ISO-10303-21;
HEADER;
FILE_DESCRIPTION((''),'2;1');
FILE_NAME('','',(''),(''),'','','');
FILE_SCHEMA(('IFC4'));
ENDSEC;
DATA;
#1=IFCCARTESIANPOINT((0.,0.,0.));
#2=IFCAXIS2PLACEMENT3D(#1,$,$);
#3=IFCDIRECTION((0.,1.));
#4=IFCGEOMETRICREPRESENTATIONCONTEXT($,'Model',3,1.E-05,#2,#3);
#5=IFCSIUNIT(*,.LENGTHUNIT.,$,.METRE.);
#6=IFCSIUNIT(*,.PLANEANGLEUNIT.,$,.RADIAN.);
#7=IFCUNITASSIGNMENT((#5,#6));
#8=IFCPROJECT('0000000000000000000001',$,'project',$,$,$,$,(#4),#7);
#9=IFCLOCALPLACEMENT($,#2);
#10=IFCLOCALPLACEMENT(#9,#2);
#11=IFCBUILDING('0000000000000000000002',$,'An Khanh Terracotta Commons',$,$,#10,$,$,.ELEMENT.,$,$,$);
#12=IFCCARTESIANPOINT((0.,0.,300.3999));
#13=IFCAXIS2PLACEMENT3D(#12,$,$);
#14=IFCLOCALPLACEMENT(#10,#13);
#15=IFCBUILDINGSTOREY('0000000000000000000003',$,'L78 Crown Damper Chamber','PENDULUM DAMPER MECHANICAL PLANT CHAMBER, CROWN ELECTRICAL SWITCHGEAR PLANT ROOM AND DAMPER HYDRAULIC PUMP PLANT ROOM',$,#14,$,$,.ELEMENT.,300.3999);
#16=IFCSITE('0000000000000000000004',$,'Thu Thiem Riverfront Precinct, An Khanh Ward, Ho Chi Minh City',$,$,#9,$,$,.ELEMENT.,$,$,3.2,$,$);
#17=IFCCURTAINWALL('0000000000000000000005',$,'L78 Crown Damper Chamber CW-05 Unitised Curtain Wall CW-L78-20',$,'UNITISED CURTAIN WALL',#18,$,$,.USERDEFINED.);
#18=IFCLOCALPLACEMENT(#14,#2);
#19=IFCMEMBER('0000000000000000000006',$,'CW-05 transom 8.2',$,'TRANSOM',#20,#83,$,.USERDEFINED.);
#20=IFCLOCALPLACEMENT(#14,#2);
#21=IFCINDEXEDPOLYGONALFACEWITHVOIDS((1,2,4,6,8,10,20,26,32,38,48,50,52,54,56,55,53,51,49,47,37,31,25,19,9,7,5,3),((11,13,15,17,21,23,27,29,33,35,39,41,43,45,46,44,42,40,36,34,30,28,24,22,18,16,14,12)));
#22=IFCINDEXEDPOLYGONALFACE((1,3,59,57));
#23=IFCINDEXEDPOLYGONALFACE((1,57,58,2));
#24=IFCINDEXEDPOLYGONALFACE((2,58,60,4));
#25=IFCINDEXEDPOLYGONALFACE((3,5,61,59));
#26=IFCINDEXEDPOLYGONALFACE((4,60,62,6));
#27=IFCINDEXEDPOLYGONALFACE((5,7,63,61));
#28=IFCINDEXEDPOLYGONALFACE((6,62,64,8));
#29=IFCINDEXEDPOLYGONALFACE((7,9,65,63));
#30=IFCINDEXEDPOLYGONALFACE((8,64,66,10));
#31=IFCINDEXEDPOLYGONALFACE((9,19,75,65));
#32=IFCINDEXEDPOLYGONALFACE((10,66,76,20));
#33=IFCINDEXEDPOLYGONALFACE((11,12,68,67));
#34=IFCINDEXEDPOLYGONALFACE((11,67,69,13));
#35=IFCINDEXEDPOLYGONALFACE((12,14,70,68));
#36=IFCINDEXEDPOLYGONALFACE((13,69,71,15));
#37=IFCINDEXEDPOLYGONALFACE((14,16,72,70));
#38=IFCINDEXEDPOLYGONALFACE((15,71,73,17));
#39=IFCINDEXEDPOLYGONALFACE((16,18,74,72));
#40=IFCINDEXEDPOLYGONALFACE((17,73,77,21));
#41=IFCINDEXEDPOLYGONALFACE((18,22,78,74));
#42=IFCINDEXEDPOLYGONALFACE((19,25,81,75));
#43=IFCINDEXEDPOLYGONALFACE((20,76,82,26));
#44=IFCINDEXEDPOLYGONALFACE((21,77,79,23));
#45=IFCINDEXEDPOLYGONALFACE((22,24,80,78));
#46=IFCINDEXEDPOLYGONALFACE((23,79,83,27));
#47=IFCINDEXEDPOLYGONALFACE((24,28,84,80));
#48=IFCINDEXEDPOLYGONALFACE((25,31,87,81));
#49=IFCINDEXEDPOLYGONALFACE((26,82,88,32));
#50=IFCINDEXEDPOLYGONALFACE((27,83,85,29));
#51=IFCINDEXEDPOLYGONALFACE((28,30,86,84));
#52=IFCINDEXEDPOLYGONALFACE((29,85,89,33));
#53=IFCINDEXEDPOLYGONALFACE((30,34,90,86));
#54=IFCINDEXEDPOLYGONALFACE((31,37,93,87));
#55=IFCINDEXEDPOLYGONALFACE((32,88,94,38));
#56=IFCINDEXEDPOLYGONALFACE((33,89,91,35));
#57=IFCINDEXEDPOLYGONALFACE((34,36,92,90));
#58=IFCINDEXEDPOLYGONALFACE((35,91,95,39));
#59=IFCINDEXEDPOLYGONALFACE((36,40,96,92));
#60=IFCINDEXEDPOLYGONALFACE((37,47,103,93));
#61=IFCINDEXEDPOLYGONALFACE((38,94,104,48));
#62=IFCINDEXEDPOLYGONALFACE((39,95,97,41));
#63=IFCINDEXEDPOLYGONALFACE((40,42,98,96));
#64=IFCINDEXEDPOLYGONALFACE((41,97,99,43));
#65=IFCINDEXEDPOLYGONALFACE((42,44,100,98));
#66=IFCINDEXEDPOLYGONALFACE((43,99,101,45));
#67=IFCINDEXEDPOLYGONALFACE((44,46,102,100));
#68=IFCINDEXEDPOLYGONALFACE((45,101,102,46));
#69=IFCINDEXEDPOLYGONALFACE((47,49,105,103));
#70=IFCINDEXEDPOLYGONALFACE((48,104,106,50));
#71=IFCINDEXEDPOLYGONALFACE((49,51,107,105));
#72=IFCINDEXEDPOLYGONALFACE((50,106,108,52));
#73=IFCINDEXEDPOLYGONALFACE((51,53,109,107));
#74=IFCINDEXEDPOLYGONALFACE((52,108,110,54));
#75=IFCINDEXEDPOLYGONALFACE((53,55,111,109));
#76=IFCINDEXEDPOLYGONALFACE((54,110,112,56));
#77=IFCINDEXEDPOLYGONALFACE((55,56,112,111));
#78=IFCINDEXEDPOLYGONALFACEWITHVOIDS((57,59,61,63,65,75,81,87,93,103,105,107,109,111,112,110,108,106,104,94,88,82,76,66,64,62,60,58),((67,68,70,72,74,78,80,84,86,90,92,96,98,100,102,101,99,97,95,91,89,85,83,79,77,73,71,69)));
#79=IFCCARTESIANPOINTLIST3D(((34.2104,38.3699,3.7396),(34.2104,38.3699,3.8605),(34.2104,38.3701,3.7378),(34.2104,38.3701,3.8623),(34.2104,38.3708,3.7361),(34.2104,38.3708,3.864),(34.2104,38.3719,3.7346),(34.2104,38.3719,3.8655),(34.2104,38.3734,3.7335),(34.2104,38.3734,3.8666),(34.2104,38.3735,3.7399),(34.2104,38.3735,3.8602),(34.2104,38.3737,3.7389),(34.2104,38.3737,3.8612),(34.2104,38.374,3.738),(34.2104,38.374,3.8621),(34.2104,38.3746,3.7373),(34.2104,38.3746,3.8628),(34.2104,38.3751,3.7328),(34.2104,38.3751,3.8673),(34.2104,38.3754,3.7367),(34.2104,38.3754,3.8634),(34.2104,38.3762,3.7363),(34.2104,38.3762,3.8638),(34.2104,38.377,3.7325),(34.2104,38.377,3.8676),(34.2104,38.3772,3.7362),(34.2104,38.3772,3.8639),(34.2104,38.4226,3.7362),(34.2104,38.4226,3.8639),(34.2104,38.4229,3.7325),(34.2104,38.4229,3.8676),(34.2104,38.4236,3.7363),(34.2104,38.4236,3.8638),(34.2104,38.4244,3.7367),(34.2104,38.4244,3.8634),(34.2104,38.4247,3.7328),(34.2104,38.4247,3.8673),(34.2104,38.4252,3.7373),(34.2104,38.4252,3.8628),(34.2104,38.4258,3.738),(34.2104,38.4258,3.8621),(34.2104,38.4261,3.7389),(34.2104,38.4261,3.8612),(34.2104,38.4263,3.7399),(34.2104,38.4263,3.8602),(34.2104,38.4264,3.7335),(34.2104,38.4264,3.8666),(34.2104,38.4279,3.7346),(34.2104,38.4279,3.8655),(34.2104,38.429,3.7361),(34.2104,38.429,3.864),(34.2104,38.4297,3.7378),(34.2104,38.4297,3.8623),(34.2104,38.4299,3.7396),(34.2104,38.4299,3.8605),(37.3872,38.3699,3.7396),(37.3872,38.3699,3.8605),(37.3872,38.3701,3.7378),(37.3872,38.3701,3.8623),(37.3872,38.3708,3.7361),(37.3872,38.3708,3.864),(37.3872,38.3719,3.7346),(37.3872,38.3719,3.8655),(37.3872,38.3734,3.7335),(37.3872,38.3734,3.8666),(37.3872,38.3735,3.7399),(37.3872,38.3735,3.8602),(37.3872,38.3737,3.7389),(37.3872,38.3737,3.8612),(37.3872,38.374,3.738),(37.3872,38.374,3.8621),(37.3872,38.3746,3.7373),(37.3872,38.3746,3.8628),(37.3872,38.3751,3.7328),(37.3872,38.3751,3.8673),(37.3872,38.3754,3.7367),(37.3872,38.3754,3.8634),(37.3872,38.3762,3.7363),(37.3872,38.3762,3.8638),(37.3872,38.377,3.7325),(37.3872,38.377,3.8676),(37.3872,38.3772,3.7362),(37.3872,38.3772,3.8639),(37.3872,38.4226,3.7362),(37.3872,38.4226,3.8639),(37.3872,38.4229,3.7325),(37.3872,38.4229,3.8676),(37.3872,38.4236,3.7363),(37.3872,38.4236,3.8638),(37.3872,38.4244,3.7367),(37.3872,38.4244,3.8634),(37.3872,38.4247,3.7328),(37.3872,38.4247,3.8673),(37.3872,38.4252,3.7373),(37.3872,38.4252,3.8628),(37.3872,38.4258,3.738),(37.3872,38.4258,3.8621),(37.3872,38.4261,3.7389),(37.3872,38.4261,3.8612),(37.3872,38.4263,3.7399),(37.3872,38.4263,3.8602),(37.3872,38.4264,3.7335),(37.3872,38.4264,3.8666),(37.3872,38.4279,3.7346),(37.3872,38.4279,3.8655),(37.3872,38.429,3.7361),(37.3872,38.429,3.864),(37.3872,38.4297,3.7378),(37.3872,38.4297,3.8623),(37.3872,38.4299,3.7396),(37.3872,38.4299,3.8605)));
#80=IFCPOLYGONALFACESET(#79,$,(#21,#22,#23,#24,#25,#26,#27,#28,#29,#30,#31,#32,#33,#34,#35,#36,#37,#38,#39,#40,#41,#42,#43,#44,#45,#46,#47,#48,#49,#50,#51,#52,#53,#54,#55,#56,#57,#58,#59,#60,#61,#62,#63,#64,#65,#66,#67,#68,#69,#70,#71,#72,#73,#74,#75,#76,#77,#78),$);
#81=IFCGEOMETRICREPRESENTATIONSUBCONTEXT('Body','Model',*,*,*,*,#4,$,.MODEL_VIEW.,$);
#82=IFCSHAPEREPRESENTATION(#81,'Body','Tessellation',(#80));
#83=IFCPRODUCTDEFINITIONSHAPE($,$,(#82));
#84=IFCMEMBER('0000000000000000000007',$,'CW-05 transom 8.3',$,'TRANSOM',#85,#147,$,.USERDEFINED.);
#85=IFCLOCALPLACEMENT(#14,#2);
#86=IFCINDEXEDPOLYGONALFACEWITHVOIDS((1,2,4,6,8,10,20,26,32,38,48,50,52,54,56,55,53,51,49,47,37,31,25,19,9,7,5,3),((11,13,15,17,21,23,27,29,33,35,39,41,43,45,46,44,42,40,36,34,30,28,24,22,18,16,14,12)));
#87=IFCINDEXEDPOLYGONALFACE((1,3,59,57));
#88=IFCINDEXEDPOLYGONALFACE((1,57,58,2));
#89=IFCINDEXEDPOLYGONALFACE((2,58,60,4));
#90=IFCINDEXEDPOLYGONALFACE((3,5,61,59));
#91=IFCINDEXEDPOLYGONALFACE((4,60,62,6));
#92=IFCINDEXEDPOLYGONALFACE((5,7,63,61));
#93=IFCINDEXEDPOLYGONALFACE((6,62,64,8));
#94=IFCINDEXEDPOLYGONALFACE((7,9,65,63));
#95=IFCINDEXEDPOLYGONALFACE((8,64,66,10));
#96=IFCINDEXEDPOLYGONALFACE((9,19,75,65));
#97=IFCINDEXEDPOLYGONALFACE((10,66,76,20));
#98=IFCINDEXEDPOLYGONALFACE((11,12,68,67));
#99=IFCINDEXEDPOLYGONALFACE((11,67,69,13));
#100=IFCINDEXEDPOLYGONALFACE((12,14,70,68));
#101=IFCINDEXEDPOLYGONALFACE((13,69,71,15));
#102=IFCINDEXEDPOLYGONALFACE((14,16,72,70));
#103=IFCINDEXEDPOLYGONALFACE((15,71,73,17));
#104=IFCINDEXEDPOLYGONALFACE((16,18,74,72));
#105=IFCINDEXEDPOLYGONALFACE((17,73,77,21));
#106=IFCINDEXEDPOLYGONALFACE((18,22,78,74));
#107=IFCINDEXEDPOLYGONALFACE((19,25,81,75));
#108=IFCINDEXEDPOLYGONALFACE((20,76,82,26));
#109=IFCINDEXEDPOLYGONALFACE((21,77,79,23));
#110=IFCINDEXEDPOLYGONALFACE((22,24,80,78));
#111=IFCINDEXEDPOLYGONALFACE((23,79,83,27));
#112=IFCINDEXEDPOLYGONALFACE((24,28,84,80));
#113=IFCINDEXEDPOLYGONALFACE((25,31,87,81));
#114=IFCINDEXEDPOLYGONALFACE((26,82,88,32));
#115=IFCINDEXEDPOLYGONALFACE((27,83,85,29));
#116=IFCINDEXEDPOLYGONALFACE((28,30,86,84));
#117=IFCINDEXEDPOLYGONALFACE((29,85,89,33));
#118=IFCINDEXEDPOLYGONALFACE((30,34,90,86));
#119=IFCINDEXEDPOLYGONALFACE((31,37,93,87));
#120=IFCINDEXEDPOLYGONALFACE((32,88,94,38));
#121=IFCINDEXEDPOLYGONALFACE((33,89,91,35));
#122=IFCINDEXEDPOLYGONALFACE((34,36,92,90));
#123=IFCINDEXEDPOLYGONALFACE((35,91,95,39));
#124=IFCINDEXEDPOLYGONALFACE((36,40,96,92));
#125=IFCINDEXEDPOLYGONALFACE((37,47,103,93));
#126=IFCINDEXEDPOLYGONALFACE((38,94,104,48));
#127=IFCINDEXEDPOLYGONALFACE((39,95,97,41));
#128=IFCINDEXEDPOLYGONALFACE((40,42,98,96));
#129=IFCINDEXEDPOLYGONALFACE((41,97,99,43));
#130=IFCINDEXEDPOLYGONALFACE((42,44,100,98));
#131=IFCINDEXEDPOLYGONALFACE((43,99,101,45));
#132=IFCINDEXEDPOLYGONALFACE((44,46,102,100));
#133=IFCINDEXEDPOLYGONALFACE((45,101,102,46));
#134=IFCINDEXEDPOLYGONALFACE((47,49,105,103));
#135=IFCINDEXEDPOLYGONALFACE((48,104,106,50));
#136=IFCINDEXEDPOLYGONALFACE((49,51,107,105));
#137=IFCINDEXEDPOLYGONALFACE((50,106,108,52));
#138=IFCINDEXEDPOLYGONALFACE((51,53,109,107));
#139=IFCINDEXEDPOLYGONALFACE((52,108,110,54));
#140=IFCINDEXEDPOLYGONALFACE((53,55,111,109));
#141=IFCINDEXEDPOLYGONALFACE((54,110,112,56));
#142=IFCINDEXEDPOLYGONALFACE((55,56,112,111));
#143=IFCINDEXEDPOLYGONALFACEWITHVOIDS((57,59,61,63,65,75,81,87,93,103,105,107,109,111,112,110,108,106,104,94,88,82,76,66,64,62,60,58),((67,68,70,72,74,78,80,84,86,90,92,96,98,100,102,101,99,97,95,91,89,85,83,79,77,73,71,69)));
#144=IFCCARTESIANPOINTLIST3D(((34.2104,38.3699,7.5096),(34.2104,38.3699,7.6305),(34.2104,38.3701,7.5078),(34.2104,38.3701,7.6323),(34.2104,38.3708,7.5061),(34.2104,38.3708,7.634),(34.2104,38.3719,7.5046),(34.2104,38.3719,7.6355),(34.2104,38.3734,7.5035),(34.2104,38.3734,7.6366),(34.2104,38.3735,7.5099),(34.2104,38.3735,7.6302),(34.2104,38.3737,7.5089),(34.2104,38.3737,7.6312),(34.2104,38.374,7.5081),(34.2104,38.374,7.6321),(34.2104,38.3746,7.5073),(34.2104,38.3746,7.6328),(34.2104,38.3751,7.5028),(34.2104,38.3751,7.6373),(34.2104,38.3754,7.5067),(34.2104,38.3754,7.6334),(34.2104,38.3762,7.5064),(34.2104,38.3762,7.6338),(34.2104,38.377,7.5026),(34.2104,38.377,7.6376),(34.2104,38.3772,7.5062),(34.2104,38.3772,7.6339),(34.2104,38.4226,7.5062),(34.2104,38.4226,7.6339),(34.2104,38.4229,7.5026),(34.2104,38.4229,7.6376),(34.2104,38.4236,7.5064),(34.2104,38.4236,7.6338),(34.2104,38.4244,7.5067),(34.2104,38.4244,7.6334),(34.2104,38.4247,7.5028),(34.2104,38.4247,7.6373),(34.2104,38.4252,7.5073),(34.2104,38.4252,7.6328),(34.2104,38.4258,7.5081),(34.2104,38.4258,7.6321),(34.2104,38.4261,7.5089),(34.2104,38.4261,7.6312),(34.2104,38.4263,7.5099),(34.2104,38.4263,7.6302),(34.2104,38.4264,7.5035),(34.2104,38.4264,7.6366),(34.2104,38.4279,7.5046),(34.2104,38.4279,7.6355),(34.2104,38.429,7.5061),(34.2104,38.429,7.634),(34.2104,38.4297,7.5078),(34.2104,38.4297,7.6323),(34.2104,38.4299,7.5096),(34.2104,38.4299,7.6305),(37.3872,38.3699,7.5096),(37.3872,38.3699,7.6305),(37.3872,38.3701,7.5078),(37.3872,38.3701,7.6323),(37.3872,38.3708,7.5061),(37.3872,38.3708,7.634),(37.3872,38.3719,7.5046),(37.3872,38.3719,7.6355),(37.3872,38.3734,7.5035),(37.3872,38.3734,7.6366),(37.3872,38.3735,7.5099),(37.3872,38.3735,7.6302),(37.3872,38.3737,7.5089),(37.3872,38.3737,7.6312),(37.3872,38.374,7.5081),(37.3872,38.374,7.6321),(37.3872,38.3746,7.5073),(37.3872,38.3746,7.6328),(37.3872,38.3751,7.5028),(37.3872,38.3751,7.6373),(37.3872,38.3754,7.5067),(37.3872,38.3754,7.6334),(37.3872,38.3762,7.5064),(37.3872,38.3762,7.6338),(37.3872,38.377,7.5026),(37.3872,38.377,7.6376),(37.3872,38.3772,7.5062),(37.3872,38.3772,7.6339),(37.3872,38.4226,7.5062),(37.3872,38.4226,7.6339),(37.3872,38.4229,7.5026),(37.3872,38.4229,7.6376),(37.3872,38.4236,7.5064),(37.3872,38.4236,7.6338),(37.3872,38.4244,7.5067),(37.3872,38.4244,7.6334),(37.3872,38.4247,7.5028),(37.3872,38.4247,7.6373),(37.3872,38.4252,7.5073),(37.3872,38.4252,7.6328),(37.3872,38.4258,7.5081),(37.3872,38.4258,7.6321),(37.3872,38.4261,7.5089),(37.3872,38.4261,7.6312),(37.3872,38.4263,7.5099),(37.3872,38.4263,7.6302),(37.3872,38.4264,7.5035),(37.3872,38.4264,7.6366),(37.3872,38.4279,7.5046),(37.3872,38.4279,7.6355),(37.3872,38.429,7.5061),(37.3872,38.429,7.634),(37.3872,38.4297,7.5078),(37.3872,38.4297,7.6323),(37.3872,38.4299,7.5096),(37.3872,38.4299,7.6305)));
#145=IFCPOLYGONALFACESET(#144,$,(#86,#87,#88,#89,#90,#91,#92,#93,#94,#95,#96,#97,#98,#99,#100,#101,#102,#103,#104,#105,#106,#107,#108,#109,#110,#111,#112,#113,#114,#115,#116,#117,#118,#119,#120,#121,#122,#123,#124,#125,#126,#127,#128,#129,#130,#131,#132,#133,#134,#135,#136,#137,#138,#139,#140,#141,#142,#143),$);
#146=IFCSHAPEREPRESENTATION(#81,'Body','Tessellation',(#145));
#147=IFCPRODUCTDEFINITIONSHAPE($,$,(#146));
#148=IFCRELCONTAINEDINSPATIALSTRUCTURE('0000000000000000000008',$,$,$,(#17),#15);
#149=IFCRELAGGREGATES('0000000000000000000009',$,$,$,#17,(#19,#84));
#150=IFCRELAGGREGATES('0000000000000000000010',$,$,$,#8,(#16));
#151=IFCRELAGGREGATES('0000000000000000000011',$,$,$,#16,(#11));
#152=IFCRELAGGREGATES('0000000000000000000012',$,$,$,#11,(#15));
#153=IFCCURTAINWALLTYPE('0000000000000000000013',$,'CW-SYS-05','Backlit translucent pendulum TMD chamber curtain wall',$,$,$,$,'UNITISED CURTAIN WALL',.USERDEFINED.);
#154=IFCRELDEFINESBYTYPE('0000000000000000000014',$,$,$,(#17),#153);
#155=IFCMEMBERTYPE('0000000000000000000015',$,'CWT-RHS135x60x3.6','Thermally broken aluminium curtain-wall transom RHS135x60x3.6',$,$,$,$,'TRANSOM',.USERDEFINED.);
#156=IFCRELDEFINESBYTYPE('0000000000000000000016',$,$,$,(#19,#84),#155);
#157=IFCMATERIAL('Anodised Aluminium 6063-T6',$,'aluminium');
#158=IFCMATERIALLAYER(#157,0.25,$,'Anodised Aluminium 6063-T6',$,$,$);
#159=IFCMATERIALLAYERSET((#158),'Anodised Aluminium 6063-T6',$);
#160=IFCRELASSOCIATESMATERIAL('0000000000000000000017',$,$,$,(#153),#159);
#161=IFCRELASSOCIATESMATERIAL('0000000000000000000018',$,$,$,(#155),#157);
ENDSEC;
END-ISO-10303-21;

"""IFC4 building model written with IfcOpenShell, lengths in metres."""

from ifc_helpers import new_model, si_unit, direction, frame, origin, origin_2d, place, context, subcontext, project, spatial, hollow_rectangle, extrude, material, layer, layer_set, material_profile, profile_set, type_object, element, aggregate, save


model = new_model("IFC4")

# Units and contexts
model_context = context("Model", 3, precision=1e-05, world=origin(), true_north=direction((0.0, 1.0)))
body_context = subcontext(model_context, "Body", "Model", "MODEL_VIEW")
ifc_project = project(units=[si_unit("LENGTHUNIT", "METRE"), si_unit("PLANEANGLEUNIT", "RADIAN")], contexts=[model_context])

# Site, building, storey
site_placement = place(None, origin())
site = spatial("IfcSite", under=ifc_project, at=site_placement, Name="Thu Thiem Riverfront Precinct, An Khanh Ward, Ho Chi Minh City", CompositionType="ELEMENT", RefElevation=3.2)
building_placement = place(site_placement, origin())
building = spatial("IfcBuilding", under=site, at=building_placement, Name="An Khanh Terracotta Commons", CompositionType="ELEMENT")
storey_placement = place(building_placement, frame((0.0, 0.0, 300.3999)))
storey = spatial("IfcBuildingStorey", under=building, at=storey_placement, Name="L78 Crown Damper Chamber", Description="PENDULUM DAMPER MECHANICAL PLANT CHAMBER, CROWN ELECTRICAL SWITCHGEAR PLANT ROOM AND DAMPER HYDRAULIC PUMP PLANT ROOM", CompositionType="ELEMENT", Elevation=300.3999)

# Curtain wall, members
ifc_material_1 = material(Name="Anodised Aluminium 6063-T6", Category="aluminium")
ifc_layer_1 = layer(ifc_material_1, 0.25, Name="Anodised Aluminium 6063-T6")
ifc_layer_set_1 = layer_set([ifc_layer_1], Name="Anodised Aluminium 6063-T6")
curtain_wall_type = type_object("IfcCurtainWallType", Name="CW-SYS-05", Description="Backlit translucent pendulum TMD chamber curtain wall", ElementType="UNITISED CURTAIN WALL", PredefinedType="USERDEFINED", material=ifc_layer_set_1)
curtain_wall_placement = place(storey_placement, origin())
curtain_wall = element("IfcCurtainWall", 1, at=curtain_wall_placement, inside=storey, type_object=curtain_wall_type, Name="L78 Crown Damper Chamber CW-05 Unitised Curtain Wall CW-L78-20", ObjectType="UNITISED CURTAIN WALL", PredefinedType="USERDEFINED")
ifc_material_profile_1 = material_profile(ifc_material_1, hollow_rectangle(XDim=0.0601, YDim=0.135, WallThickness=0.0037, InnerFilletRadius=0.0037, OuterFilletRadius=0.0071, at=origin_2d()), Name="RHS135x60x3.6")
ifc_profile_set_1 = profile_set([ifc_material_profile_1], Name="Anodised Aluminium 6063-T6")
member_type_1 = type_object("IfcMemberType", Name="CWT-RHS135x60x3.6", Description="Thermally broken aluminium curtain-wall transom RHS135x60x3.6", ElementType="TRANSOM", PredefinedType="USERDEFINED", material=ifc_profile_set_1)
member_1_placement = place(storey_placement, frame((37.3872, 38.3999, 3.8), z_axis=(-1.0, 0.0, 0.0), x_axis=(0.0, -1.0, 0.0)))
member_1 = element("IfcMember", 2, at=member_1_placement, type_object=member_type_1, Name="CW-05 transom 8.2", ObjectType="TRANSOM", PredefinedType="USERDEFINED", context=body_context, shape_type="SweptSolid", body=[
    extrude(hollow_rectangle(XDim=0.0601, YDim=0.135, WallThickness=0.0037, InnerFilletRadius=0.0037, OuterFilletRadius=0.0071, at=origin_2d()), origin(), (0.0, 0.0, 1.0), 3.1768),
])
member_2_placement = place(storey_placement, frame((37.3872, 38.3999, 7.5701), z_axis=(-1.0, 0.0, 0.0), x_axis=(0.0, -1.0, 0.0)))
member_2 = element("IfcMember", 3, at=member_2_placement, type_object=member_type_1, Name="CW-05 transom 8.3", ObjectType="TRANSOM", PredefinedType="USERDEFINED", context=body_context, shape_type="SweptSolid", body=[
    extrude(hollow_rectangle(XDim=0.0601, YDim=0.135, WallThickness=0.0037, InnerFilletRadius=0.0037, OuterFilletRadius=0.0071, at=origin_2d()), origin(), (0.0, 0.0, 1.0), 3.1768),
])
aggregate(curtain_wall, [member_1, member_2])

save(model, "model.ifc")
